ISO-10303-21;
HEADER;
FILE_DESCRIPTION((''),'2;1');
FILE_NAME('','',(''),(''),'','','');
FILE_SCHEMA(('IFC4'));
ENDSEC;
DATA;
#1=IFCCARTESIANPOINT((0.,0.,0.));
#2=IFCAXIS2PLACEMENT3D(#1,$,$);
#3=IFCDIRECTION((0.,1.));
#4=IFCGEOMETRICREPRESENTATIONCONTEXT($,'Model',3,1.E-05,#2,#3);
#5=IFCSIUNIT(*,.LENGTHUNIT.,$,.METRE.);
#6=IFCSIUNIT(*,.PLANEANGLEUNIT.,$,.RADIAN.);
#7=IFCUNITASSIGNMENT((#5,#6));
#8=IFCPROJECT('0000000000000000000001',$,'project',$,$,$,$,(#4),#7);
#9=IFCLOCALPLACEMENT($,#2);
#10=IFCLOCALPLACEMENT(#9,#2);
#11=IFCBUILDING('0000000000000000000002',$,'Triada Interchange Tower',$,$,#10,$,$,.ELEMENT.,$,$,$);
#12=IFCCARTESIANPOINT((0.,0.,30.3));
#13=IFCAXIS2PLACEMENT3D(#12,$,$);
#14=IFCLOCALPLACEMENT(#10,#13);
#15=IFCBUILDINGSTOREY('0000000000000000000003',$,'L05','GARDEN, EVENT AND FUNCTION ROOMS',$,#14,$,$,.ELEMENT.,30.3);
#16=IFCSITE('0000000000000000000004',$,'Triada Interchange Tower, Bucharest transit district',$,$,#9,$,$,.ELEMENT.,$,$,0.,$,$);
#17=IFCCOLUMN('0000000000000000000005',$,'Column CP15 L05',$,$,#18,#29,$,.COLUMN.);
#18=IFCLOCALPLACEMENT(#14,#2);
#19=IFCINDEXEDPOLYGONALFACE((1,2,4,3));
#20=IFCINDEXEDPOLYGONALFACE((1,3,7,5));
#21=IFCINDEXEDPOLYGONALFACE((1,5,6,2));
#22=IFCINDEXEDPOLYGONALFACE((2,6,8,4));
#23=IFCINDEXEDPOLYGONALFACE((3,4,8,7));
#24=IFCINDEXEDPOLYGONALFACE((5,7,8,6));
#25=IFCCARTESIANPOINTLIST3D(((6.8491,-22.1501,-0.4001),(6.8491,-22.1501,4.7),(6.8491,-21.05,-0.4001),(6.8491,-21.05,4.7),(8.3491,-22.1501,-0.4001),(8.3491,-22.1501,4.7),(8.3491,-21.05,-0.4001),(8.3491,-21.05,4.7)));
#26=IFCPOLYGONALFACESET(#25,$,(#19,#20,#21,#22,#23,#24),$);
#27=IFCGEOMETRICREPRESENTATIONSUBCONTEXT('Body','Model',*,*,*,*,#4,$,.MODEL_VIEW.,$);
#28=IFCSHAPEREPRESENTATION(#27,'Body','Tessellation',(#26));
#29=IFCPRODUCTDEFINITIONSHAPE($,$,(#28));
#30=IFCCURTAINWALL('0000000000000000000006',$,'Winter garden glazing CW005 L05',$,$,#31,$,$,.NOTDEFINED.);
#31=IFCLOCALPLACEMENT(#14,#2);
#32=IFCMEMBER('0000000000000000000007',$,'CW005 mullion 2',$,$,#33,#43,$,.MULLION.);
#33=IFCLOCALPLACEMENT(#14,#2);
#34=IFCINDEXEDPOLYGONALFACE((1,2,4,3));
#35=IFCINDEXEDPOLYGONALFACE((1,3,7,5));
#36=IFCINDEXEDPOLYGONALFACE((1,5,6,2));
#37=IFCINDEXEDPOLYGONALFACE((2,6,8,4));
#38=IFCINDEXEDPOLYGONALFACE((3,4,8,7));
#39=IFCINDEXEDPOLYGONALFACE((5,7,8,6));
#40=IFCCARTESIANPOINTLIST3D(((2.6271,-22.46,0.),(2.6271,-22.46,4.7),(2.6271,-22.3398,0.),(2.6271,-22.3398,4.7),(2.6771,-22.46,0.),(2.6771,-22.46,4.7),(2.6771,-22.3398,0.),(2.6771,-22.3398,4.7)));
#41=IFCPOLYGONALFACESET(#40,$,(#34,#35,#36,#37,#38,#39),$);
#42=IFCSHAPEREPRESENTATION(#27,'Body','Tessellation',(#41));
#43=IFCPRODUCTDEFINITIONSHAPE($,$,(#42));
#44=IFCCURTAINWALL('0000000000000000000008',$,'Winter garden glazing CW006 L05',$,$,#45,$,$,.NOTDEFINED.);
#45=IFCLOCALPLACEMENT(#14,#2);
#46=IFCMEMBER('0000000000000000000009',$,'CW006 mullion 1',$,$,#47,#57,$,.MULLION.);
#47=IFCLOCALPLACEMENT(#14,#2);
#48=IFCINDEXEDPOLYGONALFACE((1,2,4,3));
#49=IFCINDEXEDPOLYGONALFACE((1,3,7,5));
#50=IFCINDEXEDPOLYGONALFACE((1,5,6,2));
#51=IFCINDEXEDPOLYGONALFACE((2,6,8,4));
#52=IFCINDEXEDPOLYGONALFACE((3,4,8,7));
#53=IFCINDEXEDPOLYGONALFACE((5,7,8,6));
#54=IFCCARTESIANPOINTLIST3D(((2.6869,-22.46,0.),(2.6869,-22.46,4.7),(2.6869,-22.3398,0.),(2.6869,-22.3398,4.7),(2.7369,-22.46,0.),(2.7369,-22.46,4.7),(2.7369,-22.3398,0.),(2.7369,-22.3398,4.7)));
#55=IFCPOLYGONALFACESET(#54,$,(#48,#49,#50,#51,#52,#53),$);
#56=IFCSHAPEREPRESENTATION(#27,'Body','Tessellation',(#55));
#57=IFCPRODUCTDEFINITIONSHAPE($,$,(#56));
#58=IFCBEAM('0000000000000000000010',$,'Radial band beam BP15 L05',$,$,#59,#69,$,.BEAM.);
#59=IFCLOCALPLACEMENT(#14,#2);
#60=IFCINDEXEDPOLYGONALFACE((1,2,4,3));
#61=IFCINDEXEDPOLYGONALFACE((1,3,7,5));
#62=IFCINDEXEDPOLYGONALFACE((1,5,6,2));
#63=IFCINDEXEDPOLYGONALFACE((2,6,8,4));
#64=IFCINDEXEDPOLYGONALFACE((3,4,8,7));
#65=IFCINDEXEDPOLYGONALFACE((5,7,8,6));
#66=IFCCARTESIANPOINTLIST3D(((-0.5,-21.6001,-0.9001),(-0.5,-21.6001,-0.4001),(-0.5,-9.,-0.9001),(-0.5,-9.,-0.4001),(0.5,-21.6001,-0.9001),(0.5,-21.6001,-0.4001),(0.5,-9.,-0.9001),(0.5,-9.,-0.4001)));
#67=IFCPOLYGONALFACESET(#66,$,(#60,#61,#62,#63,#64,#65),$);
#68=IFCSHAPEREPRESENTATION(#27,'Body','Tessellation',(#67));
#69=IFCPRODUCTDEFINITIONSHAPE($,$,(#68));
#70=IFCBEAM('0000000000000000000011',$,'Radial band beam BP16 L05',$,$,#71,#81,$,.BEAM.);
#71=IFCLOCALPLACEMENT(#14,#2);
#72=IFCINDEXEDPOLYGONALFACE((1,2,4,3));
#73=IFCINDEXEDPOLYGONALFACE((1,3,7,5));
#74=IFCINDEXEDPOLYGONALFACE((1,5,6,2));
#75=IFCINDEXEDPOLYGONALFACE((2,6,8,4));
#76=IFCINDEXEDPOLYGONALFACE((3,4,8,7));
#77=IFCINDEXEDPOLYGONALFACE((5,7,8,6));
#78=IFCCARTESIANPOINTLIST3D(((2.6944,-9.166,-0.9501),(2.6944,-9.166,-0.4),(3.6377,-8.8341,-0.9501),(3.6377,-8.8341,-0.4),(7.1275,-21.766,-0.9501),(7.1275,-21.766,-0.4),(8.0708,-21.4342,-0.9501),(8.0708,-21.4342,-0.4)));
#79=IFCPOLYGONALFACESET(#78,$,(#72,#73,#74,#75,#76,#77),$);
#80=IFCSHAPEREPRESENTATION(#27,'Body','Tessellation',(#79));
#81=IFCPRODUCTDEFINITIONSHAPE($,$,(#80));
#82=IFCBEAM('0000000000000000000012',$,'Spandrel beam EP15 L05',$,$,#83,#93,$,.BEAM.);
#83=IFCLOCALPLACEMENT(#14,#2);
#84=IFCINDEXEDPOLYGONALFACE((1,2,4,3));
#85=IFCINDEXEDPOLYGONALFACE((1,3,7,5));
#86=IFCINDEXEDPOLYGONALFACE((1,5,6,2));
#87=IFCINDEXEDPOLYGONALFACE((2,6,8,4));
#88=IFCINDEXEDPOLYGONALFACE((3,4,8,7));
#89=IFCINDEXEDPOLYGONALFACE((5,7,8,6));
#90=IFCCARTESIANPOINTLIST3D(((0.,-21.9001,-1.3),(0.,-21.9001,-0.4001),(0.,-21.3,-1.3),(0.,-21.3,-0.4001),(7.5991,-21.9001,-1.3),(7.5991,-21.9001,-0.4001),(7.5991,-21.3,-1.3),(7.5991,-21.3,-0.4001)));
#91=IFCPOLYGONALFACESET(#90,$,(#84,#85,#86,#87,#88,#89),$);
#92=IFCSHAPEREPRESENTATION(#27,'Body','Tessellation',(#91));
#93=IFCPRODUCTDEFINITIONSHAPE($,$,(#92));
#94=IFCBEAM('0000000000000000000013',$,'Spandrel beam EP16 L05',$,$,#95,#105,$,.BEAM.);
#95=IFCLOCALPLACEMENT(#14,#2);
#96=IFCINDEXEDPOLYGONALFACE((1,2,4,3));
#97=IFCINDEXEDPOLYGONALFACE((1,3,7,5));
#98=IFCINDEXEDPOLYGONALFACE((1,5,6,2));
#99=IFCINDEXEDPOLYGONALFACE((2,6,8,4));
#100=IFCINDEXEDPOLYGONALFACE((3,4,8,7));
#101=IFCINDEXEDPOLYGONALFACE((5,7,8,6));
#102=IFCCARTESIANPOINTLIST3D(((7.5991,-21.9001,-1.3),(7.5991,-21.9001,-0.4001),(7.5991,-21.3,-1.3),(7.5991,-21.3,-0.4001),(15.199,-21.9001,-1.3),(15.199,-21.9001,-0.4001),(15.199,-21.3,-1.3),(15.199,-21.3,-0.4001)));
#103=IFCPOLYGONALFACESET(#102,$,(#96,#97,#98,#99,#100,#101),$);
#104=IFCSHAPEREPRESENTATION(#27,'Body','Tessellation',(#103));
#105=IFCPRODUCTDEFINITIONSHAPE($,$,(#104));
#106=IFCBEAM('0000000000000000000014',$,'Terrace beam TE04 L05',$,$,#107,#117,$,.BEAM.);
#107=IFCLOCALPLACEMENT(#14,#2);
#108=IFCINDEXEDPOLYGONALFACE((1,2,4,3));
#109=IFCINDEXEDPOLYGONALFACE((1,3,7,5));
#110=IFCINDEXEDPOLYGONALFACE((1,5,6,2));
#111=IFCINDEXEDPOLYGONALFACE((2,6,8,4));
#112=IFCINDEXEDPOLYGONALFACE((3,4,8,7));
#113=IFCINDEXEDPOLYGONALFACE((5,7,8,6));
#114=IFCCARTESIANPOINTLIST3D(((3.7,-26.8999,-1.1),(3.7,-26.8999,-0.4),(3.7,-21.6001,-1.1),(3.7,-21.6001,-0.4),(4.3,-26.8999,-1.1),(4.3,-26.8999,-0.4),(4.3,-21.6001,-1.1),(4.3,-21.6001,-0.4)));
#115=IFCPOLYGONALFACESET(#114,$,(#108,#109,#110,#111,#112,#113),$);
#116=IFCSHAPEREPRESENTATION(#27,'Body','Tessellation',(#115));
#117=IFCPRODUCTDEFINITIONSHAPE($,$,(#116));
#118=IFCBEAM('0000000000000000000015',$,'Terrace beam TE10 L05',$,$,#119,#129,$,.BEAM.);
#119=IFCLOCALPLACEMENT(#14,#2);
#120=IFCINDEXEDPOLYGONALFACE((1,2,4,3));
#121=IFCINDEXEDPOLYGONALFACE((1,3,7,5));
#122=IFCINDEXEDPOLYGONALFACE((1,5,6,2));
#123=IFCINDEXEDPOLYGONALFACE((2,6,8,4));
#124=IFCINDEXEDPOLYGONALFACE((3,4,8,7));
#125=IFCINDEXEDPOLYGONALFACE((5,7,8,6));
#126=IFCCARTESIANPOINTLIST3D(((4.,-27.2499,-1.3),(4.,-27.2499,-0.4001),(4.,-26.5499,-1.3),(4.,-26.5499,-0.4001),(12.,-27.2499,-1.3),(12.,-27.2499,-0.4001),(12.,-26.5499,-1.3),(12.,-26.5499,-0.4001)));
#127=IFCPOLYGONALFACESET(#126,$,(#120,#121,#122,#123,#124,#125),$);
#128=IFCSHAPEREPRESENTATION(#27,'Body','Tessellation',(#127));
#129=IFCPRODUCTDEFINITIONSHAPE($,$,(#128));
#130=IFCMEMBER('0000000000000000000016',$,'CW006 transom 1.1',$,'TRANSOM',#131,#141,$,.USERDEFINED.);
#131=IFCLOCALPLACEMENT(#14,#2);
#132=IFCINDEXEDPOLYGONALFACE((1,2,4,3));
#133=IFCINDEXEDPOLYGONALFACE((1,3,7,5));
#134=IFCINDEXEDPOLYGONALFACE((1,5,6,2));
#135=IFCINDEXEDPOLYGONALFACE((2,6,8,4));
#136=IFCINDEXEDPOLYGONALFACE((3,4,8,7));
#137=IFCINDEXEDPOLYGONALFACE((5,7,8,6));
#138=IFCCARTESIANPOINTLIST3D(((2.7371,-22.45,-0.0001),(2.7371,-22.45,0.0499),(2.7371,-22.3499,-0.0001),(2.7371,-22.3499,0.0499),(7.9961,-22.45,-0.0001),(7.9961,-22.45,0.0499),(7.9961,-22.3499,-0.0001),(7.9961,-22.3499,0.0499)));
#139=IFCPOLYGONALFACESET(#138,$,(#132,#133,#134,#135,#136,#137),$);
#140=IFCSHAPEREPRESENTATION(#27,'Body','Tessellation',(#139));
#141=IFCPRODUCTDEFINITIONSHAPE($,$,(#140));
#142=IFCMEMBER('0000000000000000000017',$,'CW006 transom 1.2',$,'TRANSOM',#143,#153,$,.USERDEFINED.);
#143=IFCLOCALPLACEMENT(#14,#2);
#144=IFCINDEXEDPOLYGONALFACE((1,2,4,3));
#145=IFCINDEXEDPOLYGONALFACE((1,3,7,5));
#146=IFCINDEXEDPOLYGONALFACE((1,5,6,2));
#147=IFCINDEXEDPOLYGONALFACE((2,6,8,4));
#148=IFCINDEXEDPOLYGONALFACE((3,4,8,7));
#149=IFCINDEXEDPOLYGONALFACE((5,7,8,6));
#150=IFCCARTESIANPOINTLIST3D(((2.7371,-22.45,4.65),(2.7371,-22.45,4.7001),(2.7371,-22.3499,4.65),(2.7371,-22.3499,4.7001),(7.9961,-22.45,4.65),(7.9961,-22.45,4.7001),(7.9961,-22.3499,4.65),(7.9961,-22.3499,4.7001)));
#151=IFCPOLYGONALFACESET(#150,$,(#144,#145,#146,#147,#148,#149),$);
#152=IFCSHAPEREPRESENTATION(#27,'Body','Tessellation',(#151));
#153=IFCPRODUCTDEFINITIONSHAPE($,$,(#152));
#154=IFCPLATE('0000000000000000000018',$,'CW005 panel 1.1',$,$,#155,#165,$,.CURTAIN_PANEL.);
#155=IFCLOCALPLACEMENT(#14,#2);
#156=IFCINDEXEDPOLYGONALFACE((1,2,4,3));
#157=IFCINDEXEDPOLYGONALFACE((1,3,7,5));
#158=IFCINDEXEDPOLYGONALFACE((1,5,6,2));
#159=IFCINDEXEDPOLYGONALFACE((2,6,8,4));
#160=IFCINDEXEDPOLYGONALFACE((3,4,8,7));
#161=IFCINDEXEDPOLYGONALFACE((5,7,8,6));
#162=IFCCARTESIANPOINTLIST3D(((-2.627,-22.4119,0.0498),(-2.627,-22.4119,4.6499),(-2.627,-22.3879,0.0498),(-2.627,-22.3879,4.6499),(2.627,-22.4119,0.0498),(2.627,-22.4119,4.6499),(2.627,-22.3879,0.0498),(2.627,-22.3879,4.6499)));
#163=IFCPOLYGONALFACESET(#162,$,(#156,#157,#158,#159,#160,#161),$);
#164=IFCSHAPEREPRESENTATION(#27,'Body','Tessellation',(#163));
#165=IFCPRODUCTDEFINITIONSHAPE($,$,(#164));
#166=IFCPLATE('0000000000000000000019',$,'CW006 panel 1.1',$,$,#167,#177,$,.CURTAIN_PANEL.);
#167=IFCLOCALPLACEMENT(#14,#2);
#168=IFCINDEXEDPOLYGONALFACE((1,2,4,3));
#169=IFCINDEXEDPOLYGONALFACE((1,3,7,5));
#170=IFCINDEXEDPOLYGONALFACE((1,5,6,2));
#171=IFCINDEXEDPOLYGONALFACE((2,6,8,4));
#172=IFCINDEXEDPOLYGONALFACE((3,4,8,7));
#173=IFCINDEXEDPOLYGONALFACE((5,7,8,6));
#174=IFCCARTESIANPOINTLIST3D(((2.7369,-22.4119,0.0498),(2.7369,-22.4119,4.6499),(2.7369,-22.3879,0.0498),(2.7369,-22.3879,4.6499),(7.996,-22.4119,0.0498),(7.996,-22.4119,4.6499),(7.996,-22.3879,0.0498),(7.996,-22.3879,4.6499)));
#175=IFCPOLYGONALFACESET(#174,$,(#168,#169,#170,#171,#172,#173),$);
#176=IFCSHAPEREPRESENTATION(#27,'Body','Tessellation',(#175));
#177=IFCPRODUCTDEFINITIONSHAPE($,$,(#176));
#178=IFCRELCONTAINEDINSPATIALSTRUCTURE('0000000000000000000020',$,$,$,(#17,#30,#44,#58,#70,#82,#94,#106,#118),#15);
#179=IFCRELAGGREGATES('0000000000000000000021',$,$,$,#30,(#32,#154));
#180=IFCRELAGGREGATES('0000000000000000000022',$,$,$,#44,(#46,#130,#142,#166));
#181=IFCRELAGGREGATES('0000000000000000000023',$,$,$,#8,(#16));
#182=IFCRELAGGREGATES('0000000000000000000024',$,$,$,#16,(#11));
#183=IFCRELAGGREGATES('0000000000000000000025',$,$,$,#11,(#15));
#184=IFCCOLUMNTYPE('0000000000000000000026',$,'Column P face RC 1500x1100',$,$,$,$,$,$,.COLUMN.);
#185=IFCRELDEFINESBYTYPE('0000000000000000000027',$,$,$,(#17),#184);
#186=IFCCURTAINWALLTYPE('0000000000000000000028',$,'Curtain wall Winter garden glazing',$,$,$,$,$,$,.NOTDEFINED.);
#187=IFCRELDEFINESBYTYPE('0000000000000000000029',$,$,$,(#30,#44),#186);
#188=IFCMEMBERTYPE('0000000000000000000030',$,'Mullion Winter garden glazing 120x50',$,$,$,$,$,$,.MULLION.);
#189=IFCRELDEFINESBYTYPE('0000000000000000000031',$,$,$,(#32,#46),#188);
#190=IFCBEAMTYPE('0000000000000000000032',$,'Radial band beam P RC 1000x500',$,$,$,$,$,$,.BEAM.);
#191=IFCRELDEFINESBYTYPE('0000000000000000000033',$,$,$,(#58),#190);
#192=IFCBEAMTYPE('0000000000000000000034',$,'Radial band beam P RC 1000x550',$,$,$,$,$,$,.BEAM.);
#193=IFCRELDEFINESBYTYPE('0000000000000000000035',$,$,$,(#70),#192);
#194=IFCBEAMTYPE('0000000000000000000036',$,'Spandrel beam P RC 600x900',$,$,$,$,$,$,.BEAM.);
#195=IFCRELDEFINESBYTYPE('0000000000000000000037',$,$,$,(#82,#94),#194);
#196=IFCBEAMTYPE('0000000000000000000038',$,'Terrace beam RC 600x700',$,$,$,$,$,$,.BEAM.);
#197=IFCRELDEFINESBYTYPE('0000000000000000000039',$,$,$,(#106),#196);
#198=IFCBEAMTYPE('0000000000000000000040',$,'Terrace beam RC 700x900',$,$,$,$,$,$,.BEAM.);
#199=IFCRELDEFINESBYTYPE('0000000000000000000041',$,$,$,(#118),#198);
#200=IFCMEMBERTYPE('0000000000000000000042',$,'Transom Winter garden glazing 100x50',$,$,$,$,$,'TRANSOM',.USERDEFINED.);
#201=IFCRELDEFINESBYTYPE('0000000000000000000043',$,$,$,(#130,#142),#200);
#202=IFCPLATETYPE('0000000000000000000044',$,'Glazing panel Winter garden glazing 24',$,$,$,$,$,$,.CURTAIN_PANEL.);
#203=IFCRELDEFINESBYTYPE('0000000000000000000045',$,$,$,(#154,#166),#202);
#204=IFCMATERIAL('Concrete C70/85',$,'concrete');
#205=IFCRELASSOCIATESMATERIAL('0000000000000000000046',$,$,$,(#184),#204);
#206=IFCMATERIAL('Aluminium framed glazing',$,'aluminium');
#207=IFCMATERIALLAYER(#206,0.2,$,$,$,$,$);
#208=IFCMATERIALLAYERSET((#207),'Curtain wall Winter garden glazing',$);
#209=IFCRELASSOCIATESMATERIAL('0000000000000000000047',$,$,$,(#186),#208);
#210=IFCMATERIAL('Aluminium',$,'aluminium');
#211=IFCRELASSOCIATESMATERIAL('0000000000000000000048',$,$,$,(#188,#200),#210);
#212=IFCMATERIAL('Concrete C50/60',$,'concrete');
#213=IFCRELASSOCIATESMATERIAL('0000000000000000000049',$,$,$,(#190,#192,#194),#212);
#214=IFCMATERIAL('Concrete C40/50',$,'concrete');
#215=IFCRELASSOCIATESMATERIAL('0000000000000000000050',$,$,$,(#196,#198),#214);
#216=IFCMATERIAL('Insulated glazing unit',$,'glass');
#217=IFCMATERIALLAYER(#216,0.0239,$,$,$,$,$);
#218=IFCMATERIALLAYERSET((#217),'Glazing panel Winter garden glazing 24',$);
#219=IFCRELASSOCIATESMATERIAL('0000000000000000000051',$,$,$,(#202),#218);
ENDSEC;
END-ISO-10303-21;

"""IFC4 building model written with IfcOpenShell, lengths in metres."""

from ifc_helpers import new_model, si_unit, direction, frame, origin, origin_2d, place, context, subcontext, project, spatial, rectangle, extrude, material, layer, layer_set, material_profile, profile_set, type_object, element, aggregate, save


model = new_model("IFC4")

# Units and contexts
model_context = context("Model", 3, precision=1e-05, world=origin(), true_north=direction((0.0, 1.0)))
body_context = subcontext(model_context, "Body", "Model", "MODEL_VIEW")
ifc_project = project(units=[si_unit("LENGTHUNIT", "METRE"), si_unit("PLANEANGLEUNIT", "RADIAN")], contexts=[model_context])

# Site, building, storey
site_placement = place(None, origin())
site = spatial("IfcSite", under=ifc_project, at=site_placement, Name="Triada Interchange Tower, Bucharest transit district", CompositionType="ELEMENT", RefElevation=0.0)
building_placement = place(site_placement, origin())
building = spatial("IfcBuilding", under=site, at=building_placement, Name="Triada Interchange Tower", CompositionType="ELEMENT")
storey_placement = place(building_placement, frame((0.0, 0.0, 30.3)))
storey = spatial("IfcBuildingStorey", under=building, at=storey_placement, Name="L05", Description="GARDEN, EVENT AND FUNCTION ROOMS", CompositionType="ELEMENT", Elevation=30.3)

# Column
ifc_material_1 = material(Name="Concrete C70/85", Category="concrete")
ifc_material_profile_1 = material_profile(ifc_material_1, rectangle(XDim=1.5, YDim=1.1001, at=origin_2d()), Name="RC 1500x1100")
ifc_profile_set_1 = profile_set([ifc_material_profile_1], Name="Concrete C70/85")
column_type = type_object("IfcColumnType", Name="Column P face RC 1500x1100", PredefinedType="COLUMN", material=ifc_profile_set_1)
column_placement = place(storey_placement, frame((7.5991, -21.6001, -0.4001), z_axis=(0.0, 0.0, 1.0), x_axis=(1.0, 0.0, 0.0)))
element("IfcColumn", 1, at=column_placement, inside=storey, type_object=column_type, Name="Column CP15 L05", PredefinedType="COLUMN", context=body_context, shape_type="SweptSolid", body=[
    extrude(rectangle(XDim=1.5, YDim=1.1001, at=origin_2d()), origin(), (0.0, 0.0, 1.0), 5.1001),
])

# Curtain walls, members
ifc_material_2 = material(Name="Aluminium framed glazing", Category="aluminium")
ifc_layer_1 = layer(ifc_material_2, 0.2)
ifc_layer_set_1 = layer_set([ifc_layer_1], Name="Curtain wall Winter garden glazing")
curtain_wall_type = type_object("IfcCurtainWallType", Name="Curtain wall Winter garden glazing", PredefinedType="NOTDEFINED", material=ifc_layer_set_1)
curtain_wall_1_placement = place(storey_placement, origin())
curtain_wall_1 = element("IfcCurtainWall", 2, at=curtain_wall_1_placement, inside=storey, type_object=curtain_wall_type, Name="Winter garden glazing CW005 L05", PredefinedType="NOTDEFINED")
ifc_material_3 = material(Name="Aluminium", Category="aluminium")
ifc_material_profile_2 = material_profile(ifc_material_3, rectangle(XDim=0.1201, YDim=0.05, at=origin_2d()), Name="Aluminium mullion")
ifc_profile_set_2 = profile_set([ifc_material_profile_2], Name="Aluminium")
member_type_1 = type_object("IfcMemberType", Name="Mullion Winter garden glazing 120x50", PredefinedType="MULLION", material=ifc_profile_set_2)
member_1_placement = place(storey_placement, frame((2.6521, -22.3999, 0.0), z_axis=(0.0, 0.0, 1.0), x_axis=(0.0, 1.0, 0.0)))
member_1 = element("IfcMember", 3, at=member_1_placement, type_object=member_type_1, Name="CW005 mullion 2", PredefinedType="MULLION", context=body_context, shape_type="SweptSolid", body=[
    extrude(rectangle(XDim=0.1201, YDim=0.05, at=origin_2d()), origin(), (0.0, 0.0, 1.0), 4.7),
])
curtain_wall_2_placement = place(storey_placement, origin())
curtain_wall_2 = element("IfcCurtainWall", 4, at=curtain_wall_2_placement, inside=storey, type_object=curtain_wall_type, Name="Winter garden glazing CW006 L05", PredefinedType="NOTDEFINED")
member_2_placement = place(storey_placement, frame((2.7119, -22.3999, 0.0), z_axis=(0.0, 0.0, 1.0), x_axis=(0.0, 1.0, 0.0)))
member_2 = element("IfcMember", 5, at=member_2_placement, type_object=member_type_1, Name="CW006 mullion 1", PredefinedType="MULLION", context=body_context, shape_type="SweptSolid", body=[
    extrude(rectangle(XDim=0.1201, YDim=0.05, at=origin_2d()), origin(), (0.0, 0.0, 1.0), 4.7),
])

# Beams
ifc_material_4 = material(Name="Concrete C50/60", Category="concrete")
ifc_material_profile_3 = material_profile(ifc_material_4, rectangle(XDim=1.0, YDim=0.5, at=origin_2d()), Name="RC 1000x500")
ifc_profile_set_3 = profile_set([ifc_material_profile_3], Name="Concrete C50/60")
beam_type_1 = type_object("IfcBeamType", Name="Radial band beam P RC 1000x500", PredefinedType="BEAM", material=ifc_profile_set_3)
beam_1_placement = place(storey_placement, frame((0.0, -21.6001, -0.6501), z_axis=(0.0, 1.0, 0.0), x_axis=(-1.0, 0.0, 0.0)))
element("IfcBeam", 6, at=beam_1_placement, inside=storey, type_object=beam_type_1, Name="Radial band beam BP15 L05", PredefinedType="BEAM", context=body_context, shape_type="SweptSolid", body=[
    extrude(rectangle(XDim=1.0, YDim=0.5, at=origin_2d()), origin(), (0.0, 0.0, 1.0), 12.6001),
])
ifc_material_profile_4 = material_profile(ifc_material_4, rectangle(XDim=1.0, YDim=0.55, at=origin_2d()), Name="RC 1000x550")
ifc_profile_set_4 = profile_set([ifc_material_profile_4], Name="Concrete C50/60")
beam_type_2 = type_object("IfcBeamType", Name="Radial band beam P RC 1000x550", PredefinedType="BEAM", material=ifc_profile_set_4)
beam_2_placement = place(storey_placement, frame((7.5991, -21.6001, -0.675), z_axis=(-0.331889, 0.943319, 0.0), x_axis=(-0.943319, -0.331889, 0.0)))
element("IfcBeam", 7, at=beam_2_placement, inside=storey, type_object=beam_type_2, Name="Radial band beam BP16 L05", PredefinedType="BEAM", context=body_context, shape_type="SweptSolid", body=[
    extrude(rectangle(XDim=1.0, YDim=0.55, at=origin_2d()), origin(), (0.0, 0.0, 1.0), 13.3572),
])
ifc_material_profile_5 = material_profile(ifc_material_4, rectangle(XDim=0.6001, YDim=0.8999, at=origin_2d()), Name="RC 600x900")
ifc_profile_set_5 = profile_set([ifc_material_profile_5], Name="Concrete C50/60")
beam_type_3 = type_object("IfcBeamType", Name="Spandrel beam P RC 600x900", PredefinedType="BEAM", material=ifc_profile_set_5)
beam_3_placement = place(storey_placement, frame((0.0, -21.6001, -0.8501), z_axis=(1.0, 0.0, 0.0), x_axis=(0.0, 1.0, 0.0)))
element("IfcBeam", 8, at=beam_3_placement, inside=storey, type_object=beam_type_3, Name="Spandrel beam EP15 L05", PredefinedType="BEAM", context=body_context, shape_type="SweptSolid", body=[
    extrude(rectangle(XDim=0.6001, YDim=0.8999, at=origin_2d()), origin(), (0.0, 0.0, 1.0), 7.5991),
])
beam_4_placement = place(storey_placement, frame((7.5991, -21.6001, -0.8501), z_axis=(1.0, 0.0, 0.0), x_axis=(0.0, 1.0, 0.0)))
element("IfcBeam", 9, at=beam_4_placement, inside=storey, type_object=beam_type_3, Name="Spandrel beam EP16 L05", PredefinedType="BEAM", context=body_context, shape_type="SweptSolid", body=[
    extrude(rectangle(XDim=0.6001, YDim=0.8999, at=origin_2d()), origin(), (0.0, 0.0, 1.0), 7.5999),
])
ifc_material_5 = material(Name="Concrete C40/50", Category="concrete")
ifc_material_profile_6 = material_profile(ifc_material_5, rectangle(XDim=0.6001, YDim=0.7, at=origin_2d()), Name="RC 600x700")
ifc_profile_set_6 = profile_set([ifc_material_profile_6], Name="Concrete C40/50")
beam_type_4 = type_object("IfcBeamType", Name="Terrace beam RC 600x700", PredefinedType="BEAM", material=ifc_profile_set_6)
beam_5_placement = place(storey_placement, frame((4.0, -26.8999, -0.75), z_axis=(0.0, 1.0, 0.0), x_axis=(-1.0, 0.0, 0.0)))
element("IfcBeam", 10, at=beam_5_placement, inside=storey, type_object=beam_type_4, Name="Terrace beam TE04 L05", PredefinedType="BEAM", context=body_context, shape_type="SweptSolid", body=[
    extrude(rectangle(XDim=0.6001, YDim=0.7, at=origin_2d()), origin(), (0.0, 0.0, 1.0), 5.2998),
])
ifc_material_profile_7 = material_profile(ifc_material_5, rectangle(XDim=0.7, YDim=0.8999, at=origin_2d()), Name="RC 700x900")
ifc_profile_set_7 = profile_set([ifc_material_profile_7], Name="Concrete C40/50")
beam_type_5 = type_object("IfcBeamType", Name="Terrace beam RC 700x900", PredefinedType="BEAM", material=ifc_profile_set_7)
beam_6_placement = place(storey_placement, frame((4.0, -26.8999, -0.8501), z_axis=(1.0, 0.0, 0.0), x_axis=(0.0, 1.0, 0.0)))
element("IfcBeam", 11, at=beam_6_placement, inside=storey, type_object=beam_type_5, Name="Terrace beam TE10 L05", PredefinedType="BEAM", context=body_context, shape_type="SweptSolid", body=[
    extrude(rectangle(XDim=0.7, YDim=0.8999, at=origin_2d()), origin(), (0.0, 0.0, 1.0), 8.0),
])

# Members
ifc_material_profile_8 = material_profile(ifc_material_3, rectangle(XDim=0.1001, YDim=0.05, at=origin_2d()), Name="Aluminium transom")
ifc_profile_set_8 = profile_set([ifc_material_profile_8], Name="Aluminium")
member_type_2 = type_object("IfcMemberType", Name="Transom Winter garden glazing 100x50", ElementType="TRANSOM", PredefinedType="USERDEFINED", material=ifc_profile_set_8)
member_3_placement = place(storey_placement, frame((2.7371, -22.3999, 0.0249), z_axis=(1.0, 0.0, 0.0), x_axis=(0.0, 1.0, 0.0)))
member_3 = element("IfcMember", 12, at=member_3_placement, type_object=member_type_2, Name="CW006 transom 1.1", ObjectType="TRANSOM", PredefinedType="USERDEFINED", context=body_context, shape_type="SweptSolid", body=[
    extrude(rectangle(XDim=0.1001, YDim=0.05, at=origin_2d()), origin(), (0.0, 0.0, 1.0), 5.259),
])
member_4_placement = place(storey_placement, frame((2.7371, -22.3999, 4.675), z_axis=(1.0, 0.0, 0.0), x_axis=(0.0, 1.0, 0.0)))
member_4 = element("IfcMember", 13, at=member_4_placement, type_object=member_type_2, Name="CW006 transom 1.2", ObjectType="TRANSOM", PredefinedType="USERDEFINED", context=body_context, shape_type="SweptSolid", body=[
    extrude(rectangle(XDim=0.1001, YDim=0.05, at=origin_2d()), origin(), (0.0, 0.0, 1.0), 5.259),
])

# Plates
ifc_material_6 = material(Name="Insulated glazing unit", Category="glass")
ifc_layer_2 = layer(ifc_material_6, 0.0239)
ifc_layer_set_2 = layer_set([ifc_layer_2], Name="Glazing panel Winter garden glazing 24")
plate_type = type_object("IfcPlateType", Name="Glazing panel Winter garden glazing 24", PredefinedType="CURTAIN_PANEL", material=ifc_layer_set_2)
plate_1_placement = place(storey_placement, frame((0.0, -22.3999, 0.0498), z_axis=(0.0, 0.0, 1.0), x_axis=(1.0, 0.0, 0.0)))
plate_1 = element("IfcPlate", 14, at=plate_1_placement, type_object=plate_type, Name="CW005 panel 1.1", PredefinedType="CURTAIN_PANEL", context=body_context, shape_type="SweptSolid", body=[
    extrude(rectangle(XDim=5.2539, YDim=0.0239, at=origin_2d()), origin(), (0.0, 0.0, 1.0), 4.6001),
])
aggregate(curtain_wall_1, [member_1, plate_1])
plate_2_placement = place(storey_placement, frame((5.3665, -22.3999, 0.0498), z_axis=(0.0, 0.0, 1.0), x_axis=(1.0, 0.0, 0.0)))
plate_2 = element("IfcPlate", 15, at=plate_2_placement, type_object=plate_type, Name="CW006 panel 1.1", PredefinedType="CURTAIN_PANEL", context=body_context, shape_type="SweptSolid", body=[
    extrude(rectangle(XDim=5.259, YDim=0.0239, at=origin_2d()), origin(), (0.0, 0.0, 1.0), 4.6001),
])
aggregate(curtain_wall_2, [member_2, member_3, member_4, plate_2])

save(model, "model.ifc")
